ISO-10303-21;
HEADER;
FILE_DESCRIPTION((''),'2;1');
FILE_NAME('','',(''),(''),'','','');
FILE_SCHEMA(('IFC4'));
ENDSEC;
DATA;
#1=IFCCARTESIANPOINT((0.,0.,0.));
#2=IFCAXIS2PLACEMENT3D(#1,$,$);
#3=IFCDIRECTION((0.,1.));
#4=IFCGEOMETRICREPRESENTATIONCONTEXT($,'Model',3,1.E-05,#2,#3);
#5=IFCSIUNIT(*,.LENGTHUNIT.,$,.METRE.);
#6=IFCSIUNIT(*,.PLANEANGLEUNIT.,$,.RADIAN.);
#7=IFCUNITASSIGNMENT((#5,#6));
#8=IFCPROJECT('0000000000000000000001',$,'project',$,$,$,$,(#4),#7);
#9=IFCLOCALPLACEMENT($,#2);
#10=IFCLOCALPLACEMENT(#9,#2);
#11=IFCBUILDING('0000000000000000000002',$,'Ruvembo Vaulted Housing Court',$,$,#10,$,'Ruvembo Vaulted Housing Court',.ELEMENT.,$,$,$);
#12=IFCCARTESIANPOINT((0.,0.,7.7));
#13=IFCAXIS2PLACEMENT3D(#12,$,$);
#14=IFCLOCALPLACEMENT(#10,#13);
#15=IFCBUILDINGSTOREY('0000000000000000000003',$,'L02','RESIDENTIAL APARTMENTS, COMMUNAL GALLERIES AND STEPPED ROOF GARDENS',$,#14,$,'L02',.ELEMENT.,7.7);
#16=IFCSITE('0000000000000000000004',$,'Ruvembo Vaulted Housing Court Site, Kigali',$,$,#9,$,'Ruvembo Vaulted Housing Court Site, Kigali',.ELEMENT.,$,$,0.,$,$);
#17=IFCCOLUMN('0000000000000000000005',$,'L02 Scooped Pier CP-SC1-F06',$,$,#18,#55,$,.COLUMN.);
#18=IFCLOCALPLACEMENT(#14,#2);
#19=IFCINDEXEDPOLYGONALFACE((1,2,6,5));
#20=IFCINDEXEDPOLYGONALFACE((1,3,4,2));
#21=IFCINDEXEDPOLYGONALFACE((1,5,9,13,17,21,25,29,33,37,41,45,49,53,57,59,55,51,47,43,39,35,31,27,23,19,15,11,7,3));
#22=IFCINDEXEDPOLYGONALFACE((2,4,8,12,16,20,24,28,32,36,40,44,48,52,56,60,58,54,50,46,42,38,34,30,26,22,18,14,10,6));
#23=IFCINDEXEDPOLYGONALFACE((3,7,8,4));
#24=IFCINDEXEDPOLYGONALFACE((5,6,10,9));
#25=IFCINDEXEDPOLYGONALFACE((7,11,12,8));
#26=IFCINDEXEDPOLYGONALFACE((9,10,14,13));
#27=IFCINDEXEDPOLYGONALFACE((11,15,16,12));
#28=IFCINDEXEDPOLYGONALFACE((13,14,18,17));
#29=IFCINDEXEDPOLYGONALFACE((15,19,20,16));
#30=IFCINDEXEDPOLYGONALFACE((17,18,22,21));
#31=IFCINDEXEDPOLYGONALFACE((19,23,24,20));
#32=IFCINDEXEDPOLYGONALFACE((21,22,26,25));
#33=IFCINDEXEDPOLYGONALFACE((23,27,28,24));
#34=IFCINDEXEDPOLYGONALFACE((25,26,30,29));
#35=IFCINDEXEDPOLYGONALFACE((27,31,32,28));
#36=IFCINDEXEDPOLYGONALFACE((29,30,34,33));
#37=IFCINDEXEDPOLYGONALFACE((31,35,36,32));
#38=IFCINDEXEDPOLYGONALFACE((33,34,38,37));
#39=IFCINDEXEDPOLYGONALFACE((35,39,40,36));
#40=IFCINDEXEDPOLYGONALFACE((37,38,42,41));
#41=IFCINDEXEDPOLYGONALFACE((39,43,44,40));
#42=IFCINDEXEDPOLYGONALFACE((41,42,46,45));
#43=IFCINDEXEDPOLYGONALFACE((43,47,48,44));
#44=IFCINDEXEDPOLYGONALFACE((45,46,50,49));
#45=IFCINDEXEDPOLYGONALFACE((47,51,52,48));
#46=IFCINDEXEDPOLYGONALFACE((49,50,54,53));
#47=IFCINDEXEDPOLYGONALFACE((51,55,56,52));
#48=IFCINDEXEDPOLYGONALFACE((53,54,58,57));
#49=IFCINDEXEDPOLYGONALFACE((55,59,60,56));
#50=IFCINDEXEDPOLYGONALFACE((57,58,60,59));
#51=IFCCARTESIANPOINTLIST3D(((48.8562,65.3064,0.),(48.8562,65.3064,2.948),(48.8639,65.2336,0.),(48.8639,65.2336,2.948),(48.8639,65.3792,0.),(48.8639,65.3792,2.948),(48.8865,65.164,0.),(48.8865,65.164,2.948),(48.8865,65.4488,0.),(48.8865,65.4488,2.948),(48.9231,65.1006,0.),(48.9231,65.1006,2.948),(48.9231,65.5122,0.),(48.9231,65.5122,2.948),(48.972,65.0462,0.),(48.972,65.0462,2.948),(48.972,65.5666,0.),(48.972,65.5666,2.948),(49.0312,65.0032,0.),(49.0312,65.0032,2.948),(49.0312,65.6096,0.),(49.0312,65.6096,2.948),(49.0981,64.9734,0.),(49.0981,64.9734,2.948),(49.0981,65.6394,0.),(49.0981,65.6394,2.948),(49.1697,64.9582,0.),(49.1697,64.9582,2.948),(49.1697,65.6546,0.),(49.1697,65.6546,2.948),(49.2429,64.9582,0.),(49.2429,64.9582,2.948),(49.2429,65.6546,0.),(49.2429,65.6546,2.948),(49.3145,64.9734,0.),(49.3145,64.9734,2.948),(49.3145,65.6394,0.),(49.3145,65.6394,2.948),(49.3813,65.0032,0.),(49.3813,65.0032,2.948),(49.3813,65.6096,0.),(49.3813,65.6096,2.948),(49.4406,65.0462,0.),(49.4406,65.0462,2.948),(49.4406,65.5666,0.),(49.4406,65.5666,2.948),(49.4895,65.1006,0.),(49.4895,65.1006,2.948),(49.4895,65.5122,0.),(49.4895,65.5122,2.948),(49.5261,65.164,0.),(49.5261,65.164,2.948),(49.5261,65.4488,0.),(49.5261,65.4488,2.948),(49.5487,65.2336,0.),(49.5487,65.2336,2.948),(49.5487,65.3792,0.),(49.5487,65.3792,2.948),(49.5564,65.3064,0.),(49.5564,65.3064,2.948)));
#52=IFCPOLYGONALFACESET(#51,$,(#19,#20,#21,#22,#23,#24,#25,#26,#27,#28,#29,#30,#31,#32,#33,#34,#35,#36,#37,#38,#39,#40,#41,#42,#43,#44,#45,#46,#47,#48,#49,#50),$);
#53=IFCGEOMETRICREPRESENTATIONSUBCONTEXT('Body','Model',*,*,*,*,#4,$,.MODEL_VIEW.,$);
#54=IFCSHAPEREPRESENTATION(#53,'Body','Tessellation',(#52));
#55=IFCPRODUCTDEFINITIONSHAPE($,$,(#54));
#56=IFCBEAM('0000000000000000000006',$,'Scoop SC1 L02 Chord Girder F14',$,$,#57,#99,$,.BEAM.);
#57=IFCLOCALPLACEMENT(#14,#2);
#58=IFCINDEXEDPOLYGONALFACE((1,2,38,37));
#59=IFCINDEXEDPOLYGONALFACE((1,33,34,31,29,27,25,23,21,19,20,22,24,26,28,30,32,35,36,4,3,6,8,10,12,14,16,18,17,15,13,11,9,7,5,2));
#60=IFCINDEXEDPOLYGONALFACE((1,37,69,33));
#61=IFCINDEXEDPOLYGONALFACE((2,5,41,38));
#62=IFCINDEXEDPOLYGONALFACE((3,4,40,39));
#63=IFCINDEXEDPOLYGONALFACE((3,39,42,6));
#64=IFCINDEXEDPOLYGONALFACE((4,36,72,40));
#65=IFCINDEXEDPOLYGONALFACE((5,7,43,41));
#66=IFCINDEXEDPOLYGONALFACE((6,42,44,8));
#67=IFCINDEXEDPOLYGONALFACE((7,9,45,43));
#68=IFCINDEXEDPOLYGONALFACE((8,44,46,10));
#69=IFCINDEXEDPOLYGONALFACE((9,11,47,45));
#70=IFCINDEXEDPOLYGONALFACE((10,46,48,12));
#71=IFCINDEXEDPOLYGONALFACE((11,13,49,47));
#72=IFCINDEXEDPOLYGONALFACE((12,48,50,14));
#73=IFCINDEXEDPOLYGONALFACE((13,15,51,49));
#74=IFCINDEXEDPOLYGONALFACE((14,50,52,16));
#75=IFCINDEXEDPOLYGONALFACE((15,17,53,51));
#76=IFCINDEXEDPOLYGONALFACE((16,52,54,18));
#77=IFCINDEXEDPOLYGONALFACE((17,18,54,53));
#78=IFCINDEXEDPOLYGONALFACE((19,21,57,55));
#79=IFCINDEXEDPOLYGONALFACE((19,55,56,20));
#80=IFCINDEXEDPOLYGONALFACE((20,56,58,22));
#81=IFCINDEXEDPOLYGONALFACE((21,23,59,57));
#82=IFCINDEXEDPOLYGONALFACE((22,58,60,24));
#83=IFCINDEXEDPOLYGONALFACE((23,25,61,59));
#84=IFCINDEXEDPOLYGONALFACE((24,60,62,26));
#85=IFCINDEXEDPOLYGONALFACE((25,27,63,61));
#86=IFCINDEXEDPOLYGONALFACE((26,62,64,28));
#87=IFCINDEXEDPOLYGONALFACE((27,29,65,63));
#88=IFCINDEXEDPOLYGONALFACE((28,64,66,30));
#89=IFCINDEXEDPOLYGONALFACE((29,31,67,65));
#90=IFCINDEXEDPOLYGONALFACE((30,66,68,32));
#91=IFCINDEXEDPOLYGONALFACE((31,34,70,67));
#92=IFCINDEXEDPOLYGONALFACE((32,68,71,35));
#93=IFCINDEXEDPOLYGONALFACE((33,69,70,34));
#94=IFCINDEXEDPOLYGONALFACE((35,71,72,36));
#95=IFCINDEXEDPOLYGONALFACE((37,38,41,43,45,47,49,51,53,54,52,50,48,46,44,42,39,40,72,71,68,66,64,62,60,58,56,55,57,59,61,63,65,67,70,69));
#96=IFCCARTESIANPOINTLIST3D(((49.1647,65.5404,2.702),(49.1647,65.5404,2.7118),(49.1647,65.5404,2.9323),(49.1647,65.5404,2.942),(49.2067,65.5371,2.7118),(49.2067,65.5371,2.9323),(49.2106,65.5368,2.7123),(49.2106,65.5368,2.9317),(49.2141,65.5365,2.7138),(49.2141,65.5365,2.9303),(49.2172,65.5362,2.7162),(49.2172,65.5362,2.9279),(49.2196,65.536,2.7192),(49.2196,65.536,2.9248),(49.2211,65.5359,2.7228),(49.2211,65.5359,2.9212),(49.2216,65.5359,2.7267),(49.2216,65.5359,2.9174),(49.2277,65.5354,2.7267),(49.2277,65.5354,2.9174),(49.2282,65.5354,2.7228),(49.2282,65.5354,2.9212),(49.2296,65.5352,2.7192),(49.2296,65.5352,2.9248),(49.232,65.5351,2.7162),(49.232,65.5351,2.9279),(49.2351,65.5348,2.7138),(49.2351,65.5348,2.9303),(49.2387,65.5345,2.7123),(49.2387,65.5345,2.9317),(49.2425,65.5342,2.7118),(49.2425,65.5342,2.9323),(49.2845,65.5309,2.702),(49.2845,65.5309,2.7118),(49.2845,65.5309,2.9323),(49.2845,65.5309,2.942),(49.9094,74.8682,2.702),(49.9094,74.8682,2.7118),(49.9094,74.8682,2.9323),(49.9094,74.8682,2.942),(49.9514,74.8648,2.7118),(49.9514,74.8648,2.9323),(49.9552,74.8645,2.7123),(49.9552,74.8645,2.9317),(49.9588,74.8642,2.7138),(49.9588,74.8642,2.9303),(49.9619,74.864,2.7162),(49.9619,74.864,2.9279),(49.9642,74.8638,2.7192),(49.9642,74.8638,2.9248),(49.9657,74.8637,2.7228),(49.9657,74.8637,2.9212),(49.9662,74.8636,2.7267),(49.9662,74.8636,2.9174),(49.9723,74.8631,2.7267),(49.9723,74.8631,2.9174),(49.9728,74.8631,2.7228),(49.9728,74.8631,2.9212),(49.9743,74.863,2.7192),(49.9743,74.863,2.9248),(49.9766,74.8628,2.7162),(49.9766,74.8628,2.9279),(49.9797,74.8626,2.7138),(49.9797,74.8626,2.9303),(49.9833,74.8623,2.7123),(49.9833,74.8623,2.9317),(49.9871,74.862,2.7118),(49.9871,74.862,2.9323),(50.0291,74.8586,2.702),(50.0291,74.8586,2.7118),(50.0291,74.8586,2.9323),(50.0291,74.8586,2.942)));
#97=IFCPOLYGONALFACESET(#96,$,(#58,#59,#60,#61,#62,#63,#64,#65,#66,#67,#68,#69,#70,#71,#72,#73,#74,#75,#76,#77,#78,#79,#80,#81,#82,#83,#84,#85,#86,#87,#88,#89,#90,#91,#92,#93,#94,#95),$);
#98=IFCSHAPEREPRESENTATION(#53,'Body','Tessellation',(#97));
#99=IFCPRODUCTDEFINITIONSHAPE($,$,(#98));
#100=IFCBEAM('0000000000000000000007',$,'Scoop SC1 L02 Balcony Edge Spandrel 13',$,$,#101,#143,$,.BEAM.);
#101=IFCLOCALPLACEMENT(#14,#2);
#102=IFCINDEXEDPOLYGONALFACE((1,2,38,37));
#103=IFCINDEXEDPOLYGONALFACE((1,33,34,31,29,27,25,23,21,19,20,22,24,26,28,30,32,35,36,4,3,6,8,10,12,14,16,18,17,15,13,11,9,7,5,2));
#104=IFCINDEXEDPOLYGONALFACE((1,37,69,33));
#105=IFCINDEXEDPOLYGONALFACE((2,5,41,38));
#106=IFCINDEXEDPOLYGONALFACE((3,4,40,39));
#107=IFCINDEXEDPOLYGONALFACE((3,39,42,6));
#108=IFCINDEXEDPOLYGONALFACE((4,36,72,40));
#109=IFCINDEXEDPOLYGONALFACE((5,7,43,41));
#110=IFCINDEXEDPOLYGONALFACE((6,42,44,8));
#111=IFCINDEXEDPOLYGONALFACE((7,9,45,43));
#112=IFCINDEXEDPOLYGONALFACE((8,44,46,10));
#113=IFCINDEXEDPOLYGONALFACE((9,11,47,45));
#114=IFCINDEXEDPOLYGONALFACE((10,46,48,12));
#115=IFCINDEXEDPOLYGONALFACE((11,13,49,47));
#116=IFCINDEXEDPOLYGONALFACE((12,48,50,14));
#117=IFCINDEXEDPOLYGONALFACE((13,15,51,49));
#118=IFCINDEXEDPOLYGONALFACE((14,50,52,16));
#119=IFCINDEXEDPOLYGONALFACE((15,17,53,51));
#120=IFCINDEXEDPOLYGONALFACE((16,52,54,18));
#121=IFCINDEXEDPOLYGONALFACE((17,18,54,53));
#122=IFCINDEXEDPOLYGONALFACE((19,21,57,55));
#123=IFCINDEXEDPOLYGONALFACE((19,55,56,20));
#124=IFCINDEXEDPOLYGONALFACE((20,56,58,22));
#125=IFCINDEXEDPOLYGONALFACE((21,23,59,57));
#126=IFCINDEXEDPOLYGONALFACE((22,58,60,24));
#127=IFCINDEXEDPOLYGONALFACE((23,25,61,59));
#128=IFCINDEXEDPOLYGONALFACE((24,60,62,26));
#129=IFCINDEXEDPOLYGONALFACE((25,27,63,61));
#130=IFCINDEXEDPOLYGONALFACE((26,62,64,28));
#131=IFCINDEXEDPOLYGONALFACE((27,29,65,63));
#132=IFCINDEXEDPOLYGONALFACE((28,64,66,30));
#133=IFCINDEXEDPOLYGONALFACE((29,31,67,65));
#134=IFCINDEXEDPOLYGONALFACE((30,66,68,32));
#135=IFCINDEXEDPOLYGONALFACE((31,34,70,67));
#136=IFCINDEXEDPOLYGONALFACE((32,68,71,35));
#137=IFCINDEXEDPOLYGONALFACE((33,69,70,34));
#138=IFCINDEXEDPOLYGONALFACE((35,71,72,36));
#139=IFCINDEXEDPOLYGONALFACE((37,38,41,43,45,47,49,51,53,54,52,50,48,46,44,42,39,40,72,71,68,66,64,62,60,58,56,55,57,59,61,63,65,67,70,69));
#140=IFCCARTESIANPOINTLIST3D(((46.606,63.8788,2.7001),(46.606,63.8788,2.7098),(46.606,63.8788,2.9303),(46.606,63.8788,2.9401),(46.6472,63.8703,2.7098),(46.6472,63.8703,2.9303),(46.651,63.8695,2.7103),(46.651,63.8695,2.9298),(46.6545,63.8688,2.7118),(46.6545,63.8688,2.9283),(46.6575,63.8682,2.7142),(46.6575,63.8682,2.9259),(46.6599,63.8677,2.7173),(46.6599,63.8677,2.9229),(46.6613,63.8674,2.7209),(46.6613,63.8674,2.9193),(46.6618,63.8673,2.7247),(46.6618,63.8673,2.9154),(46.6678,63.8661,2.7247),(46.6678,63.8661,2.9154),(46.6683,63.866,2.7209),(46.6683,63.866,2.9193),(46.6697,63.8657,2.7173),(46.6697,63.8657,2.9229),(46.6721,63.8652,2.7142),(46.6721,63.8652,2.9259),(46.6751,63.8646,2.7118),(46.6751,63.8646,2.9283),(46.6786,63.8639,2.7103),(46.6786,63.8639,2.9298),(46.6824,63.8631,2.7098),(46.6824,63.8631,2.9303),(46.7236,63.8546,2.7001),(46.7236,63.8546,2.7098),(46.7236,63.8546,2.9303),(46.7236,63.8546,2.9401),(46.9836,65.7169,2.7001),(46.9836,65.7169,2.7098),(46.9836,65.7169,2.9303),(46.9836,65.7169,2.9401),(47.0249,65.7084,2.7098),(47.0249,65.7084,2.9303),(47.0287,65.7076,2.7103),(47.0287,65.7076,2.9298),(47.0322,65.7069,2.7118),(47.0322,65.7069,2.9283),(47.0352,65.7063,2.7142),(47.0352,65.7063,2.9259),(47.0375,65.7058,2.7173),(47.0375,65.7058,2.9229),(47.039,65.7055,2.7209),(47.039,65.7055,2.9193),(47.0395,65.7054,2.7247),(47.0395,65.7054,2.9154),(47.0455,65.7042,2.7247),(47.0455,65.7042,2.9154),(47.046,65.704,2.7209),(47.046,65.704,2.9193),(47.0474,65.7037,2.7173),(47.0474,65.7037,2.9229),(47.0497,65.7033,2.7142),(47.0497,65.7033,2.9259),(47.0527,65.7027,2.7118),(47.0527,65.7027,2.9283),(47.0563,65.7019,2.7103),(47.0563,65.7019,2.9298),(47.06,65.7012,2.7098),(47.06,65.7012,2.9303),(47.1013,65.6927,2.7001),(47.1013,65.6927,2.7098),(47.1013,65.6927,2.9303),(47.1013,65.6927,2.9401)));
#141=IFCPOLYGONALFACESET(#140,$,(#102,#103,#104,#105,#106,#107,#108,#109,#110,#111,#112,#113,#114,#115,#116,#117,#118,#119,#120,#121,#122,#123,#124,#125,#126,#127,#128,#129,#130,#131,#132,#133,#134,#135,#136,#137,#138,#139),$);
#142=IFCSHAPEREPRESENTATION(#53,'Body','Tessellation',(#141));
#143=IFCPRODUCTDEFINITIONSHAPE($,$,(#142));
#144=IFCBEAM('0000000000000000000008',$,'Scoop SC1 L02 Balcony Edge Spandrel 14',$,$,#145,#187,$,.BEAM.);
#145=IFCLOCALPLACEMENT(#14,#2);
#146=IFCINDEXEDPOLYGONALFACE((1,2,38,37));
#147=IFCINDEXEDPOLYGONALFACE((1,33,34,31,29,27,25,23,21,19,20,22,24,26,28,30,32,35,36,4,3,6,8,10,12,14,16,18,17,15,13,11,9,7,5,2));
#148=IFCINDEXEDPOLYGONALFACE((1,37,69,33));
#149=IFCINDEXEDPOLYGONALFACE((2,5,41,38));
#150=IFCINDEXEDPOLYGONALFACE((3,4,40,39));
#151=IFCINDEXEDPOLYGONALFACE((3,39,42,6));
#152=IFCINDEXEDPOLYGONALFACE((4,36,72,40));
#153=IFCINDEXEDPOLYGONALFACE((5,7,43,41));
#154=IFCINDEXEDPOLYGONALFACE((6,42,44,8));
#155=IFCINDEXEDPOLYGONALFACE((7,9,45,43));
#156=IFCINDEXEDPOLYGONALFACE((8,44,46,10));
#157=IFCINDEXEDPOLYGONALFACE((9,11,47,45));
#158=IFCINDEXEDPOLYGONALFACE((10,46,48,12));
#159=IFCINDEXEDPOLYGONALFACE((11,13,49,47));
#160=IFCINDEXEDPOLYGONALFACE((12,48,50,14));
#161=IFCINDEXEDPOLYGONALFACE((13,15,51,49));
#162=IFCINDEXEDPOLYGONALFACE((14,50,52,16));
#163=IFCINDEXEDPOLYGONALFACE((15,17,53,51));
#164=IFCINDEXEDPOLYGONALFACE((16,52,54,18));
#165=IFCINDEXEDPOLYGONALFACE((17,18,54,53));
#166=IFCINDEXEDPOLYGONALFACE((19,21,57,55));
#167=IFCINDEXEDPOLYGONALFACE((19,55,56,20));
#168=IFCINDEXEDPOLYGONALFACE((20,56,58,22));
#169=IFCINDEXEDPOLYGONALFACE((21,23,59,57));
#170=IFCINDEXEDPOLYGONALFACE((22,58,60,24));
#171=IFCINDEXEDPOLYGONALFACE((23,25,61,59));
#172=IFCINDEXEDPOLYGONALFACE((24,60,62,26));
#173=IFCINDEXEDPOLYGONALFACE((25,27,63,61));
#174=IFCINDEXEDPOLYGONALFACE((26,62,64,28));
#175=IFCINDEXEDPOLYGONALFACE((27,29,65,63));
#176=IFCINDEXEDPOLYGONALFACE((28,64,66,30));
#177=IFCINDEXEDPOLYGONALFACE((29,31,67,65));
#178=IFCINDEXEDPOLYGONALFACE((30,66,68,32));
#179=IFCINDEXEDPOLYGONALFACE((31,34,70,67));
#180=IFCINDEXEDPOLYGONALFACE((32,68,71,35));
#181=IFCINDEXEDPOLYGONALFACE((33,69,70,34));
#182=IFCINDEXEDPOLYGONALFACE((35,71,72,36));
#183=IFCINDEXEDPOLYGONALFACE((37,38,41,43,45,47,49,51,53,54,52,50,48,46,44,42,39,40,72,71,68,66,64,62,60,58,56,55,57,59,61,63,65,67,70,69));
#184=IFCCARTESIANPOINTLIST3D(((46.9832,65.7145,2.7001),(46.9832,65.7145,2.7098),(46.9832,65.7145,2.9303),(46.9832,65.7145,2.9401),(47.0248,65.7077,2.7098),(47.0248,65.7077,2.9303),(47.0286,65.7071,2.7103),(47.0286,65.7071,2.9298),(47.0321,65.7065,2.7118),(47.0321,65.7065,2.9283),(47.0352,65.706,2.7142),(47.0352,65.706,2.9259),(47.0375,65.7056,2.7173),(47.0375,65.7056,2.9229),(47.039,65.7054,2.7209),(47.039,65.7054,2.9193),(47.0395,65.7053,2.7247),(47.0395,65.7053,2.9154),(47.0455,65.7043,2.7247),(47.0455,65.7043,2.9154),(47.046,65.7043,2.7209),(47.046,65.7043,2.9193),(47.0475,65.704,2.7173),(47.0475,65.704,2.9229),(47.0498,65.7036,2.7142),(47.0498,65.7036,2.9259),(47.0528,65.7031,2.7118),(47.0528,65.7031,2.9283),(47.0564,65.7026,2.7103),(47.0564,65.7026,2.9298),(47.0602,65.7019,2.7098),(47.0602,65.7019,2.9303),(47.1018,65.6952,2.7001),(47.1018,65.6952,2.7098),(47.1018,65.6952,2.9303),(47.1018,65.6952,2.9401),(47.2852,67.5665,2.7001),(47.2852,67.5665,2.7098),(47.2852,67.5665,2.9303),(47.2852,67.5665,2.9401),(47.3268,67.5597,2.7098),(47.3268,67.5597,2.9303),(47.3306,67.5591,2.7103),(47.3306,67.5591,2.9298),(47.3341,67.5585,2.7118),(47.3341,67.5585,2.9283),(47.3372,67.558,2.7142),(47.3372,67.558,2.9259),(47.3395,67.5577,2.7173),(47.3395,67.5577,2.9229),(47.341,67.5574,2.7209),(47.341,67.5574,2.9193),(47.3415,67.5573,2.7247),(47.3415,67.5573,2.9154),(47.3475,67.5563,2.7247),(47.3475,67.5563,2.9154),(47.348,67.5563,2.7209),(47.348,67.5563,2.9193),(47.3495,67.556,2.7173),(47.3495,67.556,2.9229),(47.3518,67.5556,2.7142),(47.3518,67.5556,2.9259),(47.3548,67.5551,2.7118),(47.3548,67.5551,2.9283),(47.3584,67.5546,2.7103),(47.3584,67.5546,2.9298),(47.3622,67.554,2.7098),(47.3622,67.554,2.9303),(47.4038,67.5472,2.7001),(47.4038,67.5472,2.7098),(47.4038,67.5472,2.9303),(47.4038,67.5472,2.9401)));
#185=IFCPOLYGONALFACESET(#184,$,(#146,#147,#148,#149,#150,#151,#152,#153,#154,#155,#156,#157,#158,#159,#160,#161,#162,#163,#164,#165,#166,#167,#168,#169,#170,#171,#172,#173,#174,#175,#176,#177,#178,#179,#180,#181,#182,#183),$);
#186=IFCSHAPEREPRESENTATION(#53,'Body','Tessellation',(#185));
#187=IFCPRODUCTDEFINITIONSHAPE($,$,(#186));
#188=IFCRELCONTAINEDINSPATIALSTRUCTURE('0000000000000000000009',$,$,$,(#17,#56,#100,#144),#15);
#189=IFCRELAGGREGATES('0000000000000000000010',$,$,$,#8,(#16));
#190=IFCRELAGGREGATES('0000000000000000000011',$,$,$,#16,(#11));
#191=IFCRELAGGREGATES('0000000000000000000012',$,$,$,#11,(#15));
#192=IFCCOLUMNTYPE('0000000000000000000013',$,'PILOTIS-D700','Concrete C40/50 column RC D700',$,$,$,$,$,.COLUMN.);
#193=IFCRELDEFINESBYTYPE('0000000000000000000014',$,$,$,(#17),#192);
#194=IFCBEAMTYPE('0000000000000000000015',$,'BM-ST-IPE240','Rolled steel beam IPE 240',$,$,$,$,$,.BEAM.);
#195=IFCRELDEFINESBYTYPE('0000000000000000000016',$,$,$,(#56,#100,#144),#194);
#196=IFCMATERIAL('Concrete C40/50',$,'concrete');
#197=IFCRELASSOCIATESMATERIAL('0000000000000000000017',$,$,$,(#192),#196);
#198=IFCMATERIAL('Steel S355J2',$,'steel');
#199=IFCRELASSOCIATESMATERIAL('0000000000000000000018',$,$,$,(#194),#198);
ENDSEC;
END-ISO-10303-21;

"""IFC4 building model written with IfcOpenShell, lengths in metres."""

from ifc_helpers import new_model, si_unit, direction, frame, origin, origin_2d, place, context, subcontext, project, spatial, circle, i_section, extrude, material, material_profile, profile_set, type_object, element, save


model = new_model("IFC4")

# Units and contexts
model_context = context("Model", 3, precision=1e-05, world=origin(), true_north=direction((0.0, 1.0)))
body_context = subcontext(model_context, "Body", "Model", "MODEL_VIEW")
ifc_project = project(units=[si_unit("LENGTHUNIT", "METRE"), si_unit("PLANEANGLEUNIT", "RADIAN")], contexts=[model_context])

# Site, building, storey
site_placement = place(None, origin())
site = spatial("IfcSite", under=ifc_project, at=site_placement, Name="Ruvembo Vaulted Housing Court Site, Kigali", LongName="Ruvembo Vaulted Housing Court Site, Kigali", CompositionType="ELEMENT", RefElevation=0.0)
building_placement = place(site_placement, origin())
building = spatial("IfcBuilding", under=site, at=building_placement, Name="Ruvembo Vaulted Housing Court", LongName="Ruvembo Vaulted Housing Court", CompositionType="ELEMENT")
storey_placement = place(building_placement, frame((0.0, 0.0, 7.7)))
storey = spatial("IfcBuildingStorey", under=building, at=storey_placement, Name="L02", Description="RESIDENTIAL APARTMENTS, COMMUNAL GALLERIES AND STEPPED ROOF GARDENS", LongName="L02", CompositionType="ELEMENT", Elevation=7.7)

# Column
ifc_material_1 = material(Name="Concrete C40/50", Category="concrete")
ifc_material_profile_1 = material_profile(ifc_material_1, circle(Radius=0.3501, at=origin_2d()), Name="RC D700")
ifc_profile_set_1 = profile_set([ifc_material_profile_1], Name="Concrete C40/50")
column_type = type_object("IfcColumnType", Name="PILOTIS-D700", Description="Concrete C40/50 column RC D700", PredefinedType="COLUMN", material=ifc_profile_set_1)
column_placement = place(storey_placement, frame((49.2063, 65.3064, 0.0), z_axis=(0.0, 0.0, 1.0), x_axis=(1.0, 0.0, 0.0)))
element("IfcColumn", 1, at=column_placement, inside=storey, type_object=column_type, Name="L02 Scooped Pier CP-SC1-F06", PredefinedType="COLUMN", context=body_context, shape_type="SweptSolid", body=[
    extrude(circle(Radius=0.3501, at=origin_2d()), origin(), (0.0, 0.0, 1.0), 2.948),
])

# Beams
ifc_material_2 = material(Name="Steel S355J2", Category="steel")
ifc_material_profile_2 = material_profile(ifc_material_2, i_section(OverallWidth=0.1201, OverallDepth=0.24, WebThickness=0.0061, FlangeThickness=0.0098, FilletRadius=0.0149, at=origin_2d()), Name="IPE 240")
ifc_profile_set_2 = profile_set([ifc_material_profile_2], Name="Steel S355J2")
beam_type = type_object("IfcBeamType", Name="BM-ST-IPE240", Description="Rolled steel beam IPE 240", PredefinedType="BEAM", material=ifc_profile_set_2)
beam_placement = place(storey_placement, frame((49.2246, 65.5356, 2.822), z_axis=(0.079577, 0.996829, 0.0), x_axis=(-0.996829, 0.079577, 0.0)))
element("IfcBeam", 2, at=beam_placement, inside=storey, type_object=beam_type, Name="Scoop SC1 L02 Chord Girder F14", PredefinedType="BEAM", context=body_context, shape_type="SweptSolid", body=[
    extrude(i_section(OverallWidth=0.1201, OverallDepth=0.24, WebThickness=0.0061, FlangeThickness=0.0098, FilletRadius=0.0149, at=origin_2d()), origin(), (0.0, 0.0, 1.0), 9.3574),
])
for number, where, z_axis, x_axis, name in (
    (3, (46.6648, 63.8667, 2.8201), (0.201267, 0.979536, 0.0), (-0.979536, 0.201267, 0.0), "Scoop SC1 L02 Balcony Edge Spandrel 13"),
    (4, (47.0425, 65.7048, 2.8201), (0.160938, 0.986965, 0.0), (-0.986965, 0.160938, 0.0), "Scoop SC1 L02 Balcony Edge Spandrel 14"),
):
    element("IfcBeam", number, at=place(storey_placement, frame(where, z_axis=z_axis, x_axis=x_axis)), inside=storey, type_object=beam_type, Name=name, PredefinedType="BEAM", context=body_context, shape_type="SweptSolid", body=[
        extrude(i_section(OverallWidth=0.1201, OverallDepth=0.24, WebThickness=0.0061, FlangeThickness=0.0098, FilletRadius=0.0149, at=origin_2d()), origin(), (0.0, 0.0, 1.0), 1.8765),
    ])

save(model, "model.ifc")
